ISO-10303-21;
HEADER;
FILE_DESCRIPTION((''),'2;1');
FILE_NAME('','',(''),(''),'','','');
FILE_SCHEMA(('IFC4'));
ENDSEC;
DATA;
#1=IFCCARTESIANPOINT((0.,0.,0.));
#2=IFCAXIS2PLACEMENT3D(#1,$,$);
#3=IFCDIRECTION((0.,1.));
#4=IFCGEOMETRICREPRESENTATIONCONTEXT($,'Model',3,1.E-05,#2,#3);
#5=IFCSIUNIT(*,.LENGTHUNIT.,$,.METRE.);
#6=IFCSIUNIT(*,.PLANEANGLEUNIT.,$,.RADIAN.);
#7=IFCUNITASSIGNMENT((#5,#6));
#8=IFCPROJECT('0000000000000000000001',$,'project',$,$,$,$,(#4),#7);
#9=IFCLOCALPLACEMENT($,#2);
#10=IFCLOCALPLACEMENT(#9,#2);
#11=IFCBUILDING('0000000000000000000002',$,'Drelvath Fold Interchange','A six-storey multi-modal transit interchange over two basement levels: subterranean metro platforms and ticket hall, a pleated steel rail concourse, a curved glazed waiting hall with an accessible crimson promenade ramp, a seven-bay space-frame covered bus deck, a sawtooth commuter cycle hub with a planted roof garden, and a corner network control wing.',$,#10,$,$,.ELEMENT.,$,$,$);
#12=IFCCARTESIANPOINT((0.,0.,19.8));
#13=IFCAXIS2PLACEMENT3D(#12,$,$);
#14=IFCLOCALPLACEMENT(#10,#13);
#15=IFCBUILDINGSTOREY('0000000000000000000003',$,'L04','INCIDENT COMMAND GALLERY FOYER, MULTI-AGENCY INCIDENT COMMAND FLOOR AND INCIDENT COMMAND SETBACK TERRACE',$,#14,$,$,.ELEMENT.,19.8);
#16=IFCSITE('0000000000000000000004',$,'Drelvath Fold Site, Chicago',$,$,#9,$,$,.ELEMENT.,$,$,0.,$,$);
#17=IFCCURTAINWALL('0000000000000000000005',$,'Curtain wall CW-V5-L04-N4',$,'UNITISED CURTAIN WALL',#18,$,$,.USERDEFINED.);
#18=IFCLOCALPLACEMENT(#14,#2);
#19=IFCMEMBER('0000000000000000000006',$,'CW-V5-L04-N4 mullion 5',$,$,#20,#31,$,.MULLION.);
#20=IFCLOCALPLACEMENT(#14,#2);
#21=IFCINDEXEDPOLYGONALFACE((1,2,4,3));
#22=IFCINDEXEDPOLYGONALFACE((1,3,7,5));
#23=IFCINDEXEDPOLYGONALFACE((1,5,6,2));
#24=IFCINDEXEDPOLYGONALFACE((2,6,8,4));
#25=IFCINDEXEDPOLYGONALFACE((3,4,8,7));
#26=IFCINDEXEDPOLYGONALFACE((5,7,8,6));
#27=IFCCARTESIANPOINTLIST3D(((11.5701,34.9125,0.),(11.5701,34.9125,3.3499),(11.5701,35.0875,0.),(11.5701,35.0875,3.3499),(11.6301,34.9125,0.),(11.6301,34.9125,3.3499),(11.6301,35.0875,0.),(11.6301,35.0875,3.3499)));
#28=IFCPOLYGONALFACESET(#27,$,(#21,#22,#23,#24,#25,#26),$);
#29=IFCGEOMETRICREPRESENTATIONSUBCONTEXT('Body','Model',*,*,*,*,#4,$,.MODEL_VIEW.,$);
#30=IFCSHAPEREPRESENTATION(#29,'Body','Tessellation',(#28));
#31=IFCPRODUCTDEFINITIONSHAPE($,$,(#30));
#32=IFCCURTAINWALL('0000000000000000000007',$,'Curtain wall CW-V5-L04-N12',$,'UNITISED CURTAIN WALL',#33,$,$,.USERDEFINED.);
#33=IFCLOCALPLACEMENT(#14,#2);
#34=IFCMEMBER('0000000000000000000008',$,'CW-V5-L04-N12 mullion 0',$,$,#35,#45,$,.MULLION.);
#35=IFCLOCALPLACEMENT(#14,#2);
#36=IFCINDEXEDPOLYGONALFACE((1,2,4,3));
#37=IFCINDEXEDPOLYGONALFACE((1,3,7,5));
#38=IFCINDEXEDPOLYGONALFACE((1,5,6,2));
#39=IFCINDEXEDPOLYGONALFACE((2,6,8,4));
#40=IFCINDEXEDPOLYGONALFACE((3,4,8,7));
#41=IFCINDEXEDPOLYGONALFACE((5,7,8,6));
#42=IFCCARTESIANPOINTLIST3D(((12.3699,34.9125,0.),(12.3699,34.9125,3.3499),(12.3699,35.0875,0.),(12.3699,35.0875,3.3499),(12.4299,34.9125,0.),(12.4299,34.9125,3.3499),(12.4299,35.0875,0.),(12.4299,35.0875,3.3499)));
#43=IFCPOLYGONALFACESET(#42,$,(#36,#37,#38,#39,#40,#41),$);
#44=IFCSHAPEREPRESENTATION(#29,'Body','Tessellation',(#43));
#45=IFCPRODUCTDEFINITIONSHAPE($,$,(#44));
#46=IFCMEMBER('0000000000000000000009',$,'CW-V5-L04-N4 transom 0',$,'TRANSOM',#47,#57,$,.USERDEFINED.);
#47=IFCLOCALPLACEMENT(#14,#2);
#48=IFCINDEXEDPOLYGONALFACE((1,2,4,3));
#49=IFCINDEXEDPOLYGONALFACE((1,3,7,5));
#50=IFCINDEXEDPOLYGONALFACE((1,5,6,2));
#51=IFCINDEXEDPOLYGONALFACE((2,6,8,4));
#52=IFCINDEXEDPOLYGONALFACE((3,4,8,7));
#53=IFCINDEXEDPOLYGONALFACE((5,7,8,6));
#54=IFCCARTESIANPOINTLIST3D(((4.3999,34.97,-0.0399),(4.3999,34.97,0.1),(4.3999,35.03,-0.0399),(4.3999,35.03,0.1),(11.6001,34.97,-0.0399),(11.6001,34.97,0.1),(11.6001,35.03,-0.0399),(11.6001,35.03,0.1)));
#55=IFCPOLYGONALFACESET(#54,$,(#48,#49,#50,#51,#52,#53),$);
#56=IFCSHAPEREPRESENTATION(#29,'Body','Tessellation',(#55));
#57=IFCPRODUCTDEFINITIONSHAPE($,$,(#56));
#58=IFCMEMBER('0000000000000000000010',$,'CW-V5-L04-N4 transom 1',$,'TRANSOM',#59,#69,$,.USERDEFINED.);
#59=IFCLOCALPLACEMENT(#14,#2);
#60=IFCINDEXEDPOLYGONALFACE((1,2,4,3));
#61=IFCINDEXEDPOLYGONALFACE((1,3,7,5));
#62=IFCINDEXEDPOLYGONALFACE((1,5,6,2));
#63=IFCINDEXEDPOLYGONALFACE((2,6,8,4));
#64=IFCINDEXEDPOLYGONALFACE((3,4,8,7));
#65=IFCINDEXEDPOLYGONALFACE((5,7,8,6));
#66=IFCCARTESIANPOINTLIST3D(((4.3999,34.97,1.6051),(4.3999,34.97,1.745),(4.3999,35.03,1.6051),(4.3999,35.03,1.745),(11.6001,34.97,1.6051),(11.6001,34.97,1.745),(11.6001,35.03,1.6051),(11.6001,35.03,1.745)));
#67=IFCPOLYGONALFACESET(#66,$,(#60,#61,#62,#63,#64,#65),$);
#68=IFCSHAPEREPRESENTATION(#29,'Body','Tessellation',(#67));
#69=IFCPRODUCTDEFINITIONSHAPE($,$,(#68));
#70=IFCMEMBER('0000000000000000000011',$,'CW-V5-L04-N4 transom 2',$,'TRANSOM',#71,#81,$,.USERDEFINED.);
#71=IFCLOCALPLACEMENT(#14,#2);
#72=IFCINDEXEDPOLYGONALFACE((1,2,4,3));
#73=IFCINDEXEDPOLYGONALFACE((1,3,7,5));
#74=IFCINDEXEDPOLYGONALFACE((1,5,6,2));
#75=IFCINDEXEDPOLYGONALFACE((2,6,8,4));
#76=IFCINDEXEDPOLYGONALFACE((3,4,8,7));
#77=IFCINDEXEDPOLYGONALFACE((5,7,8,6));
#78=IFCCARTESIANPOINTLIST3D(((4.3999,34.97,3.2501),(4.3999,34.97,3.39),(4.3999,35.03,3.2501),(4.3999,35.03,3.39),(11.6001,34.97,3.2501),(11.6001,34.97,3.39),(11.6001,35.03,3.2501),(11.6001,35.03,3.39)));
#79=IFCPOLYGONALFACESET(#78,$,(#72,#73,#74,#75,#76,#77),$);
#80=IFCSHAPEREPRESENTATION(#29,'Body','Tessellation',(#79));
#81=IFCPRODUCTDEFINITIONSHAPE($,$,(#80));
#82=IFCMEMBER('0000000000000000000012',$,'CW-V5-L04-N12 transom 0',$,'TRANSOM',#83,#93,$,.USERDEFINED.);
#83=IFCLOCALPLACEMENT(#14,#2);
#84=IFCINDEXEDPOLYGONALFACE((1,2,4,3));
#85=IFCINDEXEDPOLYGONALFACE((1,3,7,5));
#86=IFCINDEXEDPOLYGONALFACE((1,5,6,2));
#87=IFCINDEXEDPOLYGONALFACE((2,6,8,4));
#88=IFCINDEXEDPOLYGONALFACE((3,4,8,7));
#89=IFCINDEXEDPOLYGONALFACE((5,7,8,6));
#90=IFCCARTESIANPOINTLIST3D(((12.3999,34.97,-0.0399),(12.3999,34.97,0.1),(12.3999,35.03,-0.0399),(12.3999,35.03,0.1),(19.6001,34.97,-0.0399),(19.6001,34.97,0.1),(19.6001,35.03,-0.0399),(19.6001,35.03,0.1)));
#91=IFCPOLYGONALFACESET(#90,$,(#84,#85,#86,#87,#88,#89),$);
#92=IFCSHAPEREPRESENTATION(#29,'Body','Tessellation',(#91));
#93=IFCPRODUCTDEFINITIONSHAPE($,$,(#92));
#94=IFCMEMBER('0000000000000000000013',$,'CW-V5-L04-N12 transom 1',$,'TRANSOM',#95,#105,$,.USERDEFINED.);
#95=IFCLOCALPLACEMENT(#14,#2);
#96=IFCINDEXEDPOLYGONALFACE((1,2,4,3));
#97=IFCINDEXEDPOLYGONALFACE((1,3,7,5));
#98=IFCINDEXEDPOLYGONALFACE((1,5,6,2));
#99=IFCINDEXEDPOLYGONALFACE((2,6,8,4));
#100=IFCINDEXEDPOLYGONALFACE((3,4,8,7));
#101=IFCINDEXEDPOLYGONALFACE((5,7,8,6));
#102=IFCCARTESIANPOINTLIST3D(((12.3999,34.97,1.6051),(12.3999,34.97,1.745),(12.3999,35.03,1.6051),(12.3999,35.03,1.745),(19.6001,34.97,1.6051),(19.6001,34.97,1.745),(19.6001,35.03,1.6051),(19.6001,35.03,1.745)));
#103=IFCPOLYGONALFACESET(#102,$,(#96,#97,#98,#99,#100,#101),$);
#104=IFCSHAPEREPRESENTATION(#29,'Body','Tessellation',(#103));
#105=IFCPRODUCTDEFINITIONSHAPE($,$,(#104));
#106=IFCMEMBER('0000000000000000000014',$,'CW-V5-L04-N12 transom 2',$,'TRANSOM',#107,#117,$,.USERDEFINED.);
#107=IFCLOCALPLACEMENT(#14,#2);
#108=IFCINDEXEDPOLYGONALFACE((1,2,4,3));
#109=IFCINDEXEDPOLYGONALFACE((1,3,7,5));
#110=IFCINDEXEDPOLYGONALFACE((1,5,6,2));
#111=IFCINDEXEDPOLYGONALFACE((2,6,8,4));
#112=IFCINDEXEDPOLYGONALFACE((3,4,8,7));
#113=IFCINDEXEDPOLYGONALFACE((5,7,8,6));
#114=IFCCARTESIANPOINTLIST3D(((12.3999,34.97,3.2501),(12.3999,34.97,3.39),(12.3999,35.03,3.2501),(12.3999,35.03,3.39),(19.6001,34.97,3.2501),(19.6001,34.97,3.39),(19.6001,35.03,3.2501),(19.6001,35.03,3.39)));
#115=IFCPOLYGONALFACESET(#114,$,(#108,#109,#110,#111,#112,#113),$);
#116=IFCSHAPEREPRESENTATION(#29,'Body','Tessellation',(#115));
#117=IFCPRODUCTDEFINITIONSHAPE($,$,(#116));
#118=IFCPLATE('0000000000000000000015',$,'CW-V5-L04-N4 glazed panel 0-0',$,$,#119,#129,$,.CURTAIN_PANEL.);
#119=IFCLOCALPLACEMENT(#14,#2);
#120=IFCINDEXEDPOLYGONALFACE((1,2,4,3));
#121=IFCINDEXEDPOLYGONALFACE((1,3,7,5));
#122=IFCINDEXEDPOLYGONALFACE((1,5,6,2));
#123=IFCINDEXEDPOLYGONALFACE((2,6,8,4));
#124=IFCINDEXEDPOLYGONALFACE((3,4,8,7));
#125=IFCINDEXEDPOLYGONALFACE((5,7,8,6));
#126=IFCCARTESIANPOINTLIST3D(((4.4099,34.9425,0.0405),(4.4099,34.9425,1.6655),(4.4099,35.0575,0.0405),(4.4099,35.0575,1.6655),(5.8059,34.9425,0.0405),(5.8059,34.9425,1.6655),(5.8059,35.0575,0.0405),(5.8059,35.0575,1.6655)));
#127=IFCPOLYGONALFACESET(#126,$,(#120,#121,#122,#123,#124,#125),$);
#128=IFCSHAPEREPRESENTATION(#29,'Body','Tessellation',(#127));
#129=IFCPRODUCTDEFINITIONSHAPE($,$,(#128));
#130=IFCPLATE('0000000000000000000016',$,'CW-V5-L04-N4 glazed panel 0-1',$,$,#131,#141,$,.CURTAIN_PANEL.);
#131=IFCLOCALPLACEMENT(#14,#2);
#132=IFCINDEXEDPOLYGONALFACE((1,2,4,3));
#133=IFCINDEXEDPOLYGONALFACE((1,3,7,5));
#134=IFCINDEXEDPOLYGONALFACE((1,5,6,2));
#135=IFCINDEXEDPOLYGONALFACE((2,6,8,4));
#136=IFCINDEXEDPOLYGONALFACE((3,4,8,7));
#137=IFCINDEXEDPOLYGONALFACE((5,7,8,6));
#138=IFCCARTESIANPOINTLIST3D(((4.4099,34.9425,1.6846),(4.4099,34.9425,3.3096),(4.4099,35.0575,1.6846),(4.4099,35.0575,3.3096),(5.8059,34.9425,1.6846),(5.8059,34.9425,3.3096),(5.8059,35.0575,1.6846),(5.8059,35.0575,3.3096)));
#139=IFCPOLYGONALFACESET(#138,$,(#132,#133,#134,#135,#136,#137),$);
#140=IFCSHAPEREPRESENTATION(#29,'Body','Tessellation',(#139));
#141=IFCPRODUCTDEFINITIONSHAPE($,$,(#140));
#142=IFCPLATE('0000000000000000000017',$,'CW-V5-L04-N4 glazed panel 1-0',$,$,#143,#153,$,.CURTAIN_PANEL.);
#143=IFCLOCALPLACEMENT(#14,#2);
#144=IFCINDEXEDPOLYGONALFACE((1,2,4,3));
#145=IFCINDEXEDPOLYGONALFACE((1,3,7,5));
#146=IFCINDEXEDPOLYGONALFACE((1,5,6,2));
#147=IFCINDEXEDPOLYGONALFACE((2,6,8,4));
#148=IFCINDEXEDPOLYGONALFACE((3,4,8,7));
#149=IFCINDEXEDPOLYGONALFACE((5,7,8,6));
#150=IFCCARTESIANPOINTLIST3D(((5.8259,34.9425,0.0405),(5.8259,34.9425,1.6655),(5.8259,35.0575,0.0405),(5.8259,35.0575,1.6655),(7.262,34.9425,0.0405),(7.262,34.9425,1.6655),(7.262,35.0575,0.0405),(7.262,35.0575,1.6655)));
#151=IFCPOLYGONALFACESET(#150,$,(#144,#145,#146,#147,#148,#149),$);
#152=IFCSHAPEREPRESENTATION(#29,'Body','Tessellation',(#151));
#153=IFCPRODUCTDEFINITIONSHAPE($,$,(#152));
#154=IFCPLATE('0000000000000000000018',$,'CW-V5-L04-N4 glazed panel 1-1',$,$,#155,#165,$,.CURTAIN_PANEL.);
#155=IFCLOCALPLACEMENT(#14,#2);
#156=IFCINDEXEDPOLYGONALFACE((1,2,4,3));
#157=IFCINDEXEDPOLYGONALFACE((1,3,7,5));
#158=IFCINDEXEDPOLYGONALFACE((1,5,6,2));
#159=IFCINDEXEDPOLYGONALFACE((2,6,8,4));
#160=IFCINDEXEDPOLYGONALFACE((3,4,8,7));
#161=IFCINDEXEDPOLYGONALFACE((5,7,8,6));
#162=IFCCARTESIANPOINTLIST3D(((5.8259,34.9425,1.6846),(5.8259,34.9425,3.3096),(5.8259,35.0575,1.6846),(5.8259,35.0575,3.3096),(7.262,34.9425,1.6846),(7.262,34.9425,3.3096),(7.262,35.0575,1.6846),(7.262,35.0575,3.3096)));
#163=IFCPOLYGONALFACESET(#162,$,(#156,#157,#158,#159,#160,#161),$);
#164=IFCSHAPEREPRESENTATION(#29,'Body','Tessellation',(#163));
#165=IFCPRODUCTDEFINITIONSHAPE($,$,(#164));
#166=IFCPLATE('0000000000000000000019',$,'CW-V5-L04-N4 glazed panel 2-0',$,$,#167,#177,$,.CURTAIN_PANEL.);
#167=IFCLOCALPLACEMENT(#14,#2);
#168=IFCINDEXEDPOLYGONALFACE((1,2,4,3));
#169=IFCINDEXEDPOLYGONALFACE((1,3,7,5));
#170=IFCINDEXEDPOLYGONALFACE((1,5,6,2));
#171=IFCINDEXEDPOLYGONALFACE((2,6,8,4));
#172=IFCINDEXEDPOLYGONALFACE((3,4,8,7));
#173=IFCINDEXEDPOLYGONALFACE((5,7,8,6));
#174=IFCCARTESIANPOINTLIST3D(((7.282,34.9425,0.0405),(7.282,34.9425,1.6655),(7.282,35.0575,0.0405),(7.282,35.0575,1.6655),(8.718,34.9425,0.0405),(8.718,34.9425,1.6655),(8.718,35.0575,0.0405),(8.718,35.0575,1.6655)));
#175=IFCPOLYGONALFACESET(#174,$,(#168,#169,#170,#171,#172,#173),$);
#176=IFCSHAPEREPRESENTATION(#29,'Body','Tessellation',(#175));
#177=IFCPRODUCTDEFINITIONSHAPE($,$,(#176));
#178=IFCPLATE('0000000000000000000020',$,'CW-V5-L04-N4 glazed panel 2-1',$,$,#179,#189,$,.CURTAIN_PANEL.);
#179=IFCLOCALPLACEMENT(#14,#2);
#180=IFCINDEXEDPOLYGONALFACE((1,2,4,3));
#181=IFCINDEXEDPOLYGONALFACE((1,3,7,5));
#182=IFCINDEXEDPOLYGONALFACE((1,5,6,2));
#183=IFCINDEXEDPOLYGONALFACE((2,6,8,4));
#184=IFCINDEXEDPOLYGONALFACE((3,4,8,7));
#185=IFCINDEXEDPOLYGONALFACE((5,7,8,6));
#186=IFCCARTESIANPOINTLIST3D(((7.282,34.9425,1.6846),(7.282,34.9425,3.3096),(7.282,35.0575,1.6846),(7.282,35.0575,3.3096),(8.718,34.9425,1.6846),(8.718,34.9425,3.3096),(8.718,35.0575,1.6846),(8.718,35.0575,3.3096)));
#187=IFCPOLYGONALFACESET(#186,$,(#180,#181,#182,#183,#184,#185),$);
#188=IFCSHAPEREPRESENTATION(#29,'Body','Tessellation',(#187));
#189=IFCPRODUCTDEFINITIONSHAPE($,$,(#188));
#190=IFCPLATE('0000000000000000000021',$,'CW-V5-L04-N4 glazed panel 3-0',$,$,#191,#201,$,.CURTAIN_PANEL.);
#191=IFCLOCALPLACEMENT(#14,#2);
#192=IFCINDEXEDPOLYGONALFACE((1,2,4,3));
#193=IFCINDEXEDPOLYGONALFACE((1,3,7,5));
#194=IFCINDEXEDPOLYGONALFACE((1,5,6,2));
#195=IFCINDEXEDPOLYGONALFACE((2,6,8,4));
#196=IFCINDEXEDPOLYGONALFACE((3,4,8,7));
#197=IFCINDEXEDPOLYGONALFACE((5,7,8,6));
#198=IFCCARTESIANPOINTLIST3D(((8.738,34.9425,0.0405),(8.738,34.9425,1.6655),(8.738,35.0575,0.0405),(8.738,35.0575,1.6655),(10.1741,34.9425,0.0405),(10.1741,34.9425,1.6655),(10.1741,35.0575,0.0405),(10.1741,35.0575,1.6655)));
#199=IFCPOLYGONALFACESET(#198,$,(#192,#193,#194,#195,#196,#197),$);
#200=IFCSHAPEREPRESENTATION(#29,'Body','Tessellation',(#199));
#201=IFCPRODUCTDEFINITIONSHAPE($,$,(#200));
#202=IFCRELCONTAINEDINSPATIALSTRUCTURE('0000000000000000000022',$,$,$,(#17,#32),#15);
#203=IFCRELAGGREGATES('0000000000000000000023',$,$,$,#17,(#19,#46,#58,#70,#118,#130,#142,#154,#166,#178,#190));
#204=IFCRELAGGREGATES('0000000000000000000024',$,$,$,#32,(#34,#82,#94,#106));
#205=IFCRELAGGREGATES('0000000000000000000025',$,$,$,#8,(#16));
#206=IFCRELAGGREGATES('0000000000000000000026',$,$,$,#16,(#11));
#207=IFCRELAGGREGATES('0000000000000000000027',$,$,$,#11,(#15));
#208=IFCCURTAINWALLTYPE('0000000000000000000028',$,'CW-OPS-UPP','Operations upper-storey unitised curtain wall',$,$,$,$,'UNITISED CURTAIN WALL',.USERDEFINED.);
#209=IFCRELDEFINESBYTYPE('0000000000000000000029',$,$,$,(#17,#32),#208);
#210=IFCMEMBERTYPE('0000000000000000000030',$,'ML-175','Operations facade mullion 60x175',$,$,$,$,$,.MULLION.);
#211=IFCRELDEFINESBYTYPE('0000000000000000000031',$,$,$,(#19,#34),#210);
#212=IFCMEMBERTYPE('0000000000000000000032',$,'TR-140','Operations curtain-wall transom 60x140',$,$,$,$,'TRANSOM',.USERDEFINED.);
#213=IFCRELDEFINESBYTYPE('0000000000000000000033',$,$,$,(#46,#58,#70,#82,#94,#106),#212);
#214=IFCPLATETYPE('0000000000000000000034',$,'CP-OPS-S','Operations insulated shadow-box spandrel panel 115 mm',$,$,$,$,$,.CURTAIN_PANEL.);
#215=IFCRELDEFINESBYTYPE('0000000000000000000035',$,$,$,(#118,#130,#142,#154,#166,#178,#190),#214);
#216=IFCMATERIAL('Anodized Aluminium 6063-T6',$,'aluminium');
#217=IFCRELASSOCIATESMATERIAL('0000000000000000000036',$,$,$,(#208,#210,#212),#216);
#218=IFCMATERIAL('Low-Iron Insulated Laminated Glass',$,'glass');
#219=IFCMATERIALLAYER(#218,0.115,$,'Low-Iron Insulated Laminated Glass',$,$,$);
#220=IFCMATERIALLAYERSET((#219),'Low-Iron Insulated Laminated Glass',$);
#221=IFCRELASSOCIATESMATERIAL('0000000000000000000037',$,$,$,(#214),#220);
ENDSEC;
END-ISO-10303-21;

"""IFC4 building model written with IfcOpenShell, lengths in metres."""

from ifc_helpers import new_model, si_unit, direction, frame, origin, origin_2d, place, context, subcontext, project, spatial, rectangle, extrude, material, layer, layer_set, material_profile, profile_set, type_object, element, aggregate, save


model = new_model("IFC4")

# Units and contexts
model_context = context("Model", 3, precision=1e-05, world=origin(), true_north=direction((0.0, 1.0)))
body_context = subcontext(model_context, "Body", "Model", "MODEL_VIEW")
ifc_project = project(units=[si_unit("LENGTHUNIT", "METRE"), si_unit("PLANEANGLEUNIT", "RADIAN")], contexts=[model_context])

# Site, building, storey
site_placement = place(None, origin())
site = spatial("IfcSite", under=ifc_project, at=site_placement, Name="Drelvath Fold Site, Chicago", CompositionType="ELEMENT", RefElevation=0.0)
building_placement = place(site_placement, origin())
building = spatial("IfcBuilding", under=site, at=building_placement, Name="Drelvath Fold Interchange", Description="A six-storey multi-modal transit interchange over two basement levels: subterranean metro platforms and ticket hall, a pleated steel rail concourse, a curved glazed waiting hall with an accessible crimson promenade ramp, a seven-bay space-frame covered bus deck, a sawtooth commuter cycle hub with a planted roof garden, and a corner network control wing.", CompositionType="ELEMENT")
storey_placement = place(building_placement, frame((0.0, 0.0, 19.8)))
storey = spatial("IfcBuildingStorey", under=building, at=storey_placement, Name="L04", Description="INCIDENT COMMAND GALLERY FOYER, MULTI-AGENCY INCIDENT COMMAND FLOOR AND INCIDENT COMMAND SETBACK TERRACE", CompositionType="ELEMENT", Elevation=19.8)

# Curtain wall, member
ifc_material_1 = material(Name="Anodized Aluminium 6063-T6", Category="aluminium")
curtain_wall_type = type_object("IfcCurtainWallType", Name="CW-OPS-UPP", Description="Operations upper-storey unitised curtain wall", ElementType="UNITISED CURTAIN WALL", PredefinedType="USERDEFINED", material=ifc_material_1)
curtain_wall_1_placement = place(storey_placement, origin())
curtain_wall_1 = element("IfcCurtainWall", 1, at=curtain_wall_1_placement, inside=storey, type_object=curtain_wall_type, Name="Curtain wall CW-V5-L04-N4", ObjectType="UNITISED CURTAIN WALL", PredefinedType="USERDEFINED")
ifc_material_profile_1 = material_profile(ifc_material_1, rectangle(XDim=0.0601, YDim=0.175, at=origin_2d()), Name="AL-M 60x175")
ifc_profile_set_1 = profile_set([ifc_material_profile_1], Name="Anodized Aluminium 6063-T6")
member_type_1 = type_object("IfcMemberType", Name="ML-175", Description="Operations facade mullion 60x175", PredefinedType="MULLION", material=ifc_profile_set_1)
member_1_placement = place(storey_placement, frame((11.6001, 35.0, 0.0), z_axis=(0.0, 0.0, 1.0), x_axis=(1.0, 0.0, 0.0)))
member_1 = element("IfcMember", 2, at=member_1_placement, type_object=member_type_1, Name="CW-V5-L04-N4 mullion 5", PredefinedType="MULLION", context=body_context, shape_type="SweptSolid", body=[
    extrude(rectangle(XDim=0.0601, YDim=0.175, at=origin_2d()), origin(), (0.0, 0.0, 1.0), 3.3499),
])

# Curtain wall, member
curtain_wall_2_placement = place(storey_placement, origin())
curtain_wall_2 = element("IfcCurtainWall", 3, at=curtain_wall_2_placement, inside=storey, type_object=curtain_wall_type, Name="Curtain wall CW-V5-L04-N12", ObjectType="UNITISED CURTAIN WALL", PredefinedType="USERDEFINED")
member_2_placement = place(storey_placement, frame((12.3999, 35.0, 0.0), z_axis=(0.0, 0.0, 1.0), x_axis=(1.0, 0.0, 0.0)))
member_2 = element("IfcMember", 4, at=member_2_placement, type_object=member_type_1, Name="CW-V5-L04-N12 mullion 0", PredefinedType="MULLION", context=body_context, shape_type="SweptSolid", body=[
    extrude(rectangle(XDim=0.0601, YDim=0.175, at=origin_2d()), origin(), (0.0, 0.0, 1.0), 3.3499),
])

# Members
ifc_material_profile_2 = material_profile(ifc_material_1, rectangle(XDim=0.0601, YDim=0.1399, at=origin_2d()), Name="AL-T 60x140")
ifc_profile_set_2 = profile_set([ifc_material_profile_2], Name="Anodized Aluminium 6063-T6")
member_type_2 = type_object("IfcMemberType", Name="TR-140", Description="Operations curtain-wall transom 60x140", ElementType="TRANSOM", PredefinedType="USERDEFINED", material=ifc_profile_set_2)
member_3_placement = place(storey_placement, frame((4.3999, 35.0, 0.03), z_axis=(1.0, 0.0, 0.0), x_axis=(0.0, 1.0, 0.0)))
member_3 = element("IfcMember", 5, at=member_3_placement, type_object=member_type_2, Name="CW-V5-L04-N4 transom 0", ObjectType="TRANSOM", PredefinedType="USERDEFINED", context=body_context, shape_type="SweptSolid", body=[
    extrude(rectangle(XDim=0.0601, YDim=0.1399, at=origin_2d()), origin(), (0.0, 0.0, 1.0), 7.2002),
])
member_4_placement = place(storey_placement, frame((4.3999, 35.0, 1.675), z_axis=(1.0, 0.0, 0.0), x_axis=(0.0, 1.0, 0.0)))
member_4 = element("IfcMember", 6, at=member_4_placement, type_object=member_type_2, Name="CW-V5-L04-N4 transom 1", ObjectType="TRANSOM", PredefinedType="USERDEFINED", context=body_context, shape_type="SweptSolid", body=[
    extrude(rectangle(XDim=0.0601, YDim=0.1399, at=origin_2d()), origin(), (0.0, 0.0, 1.0), 7.2002),
])
member_5_placement = place(storey_placement, frame((4.3999, 35.0, 3.3201), z_axis=(1.0, 0.0, 0.0), x_axis=(0.0, 1.0, 0.0)))
member_5 = element("IfcMember", 7, at=member_5_placement, type_object=member_type_2, Name="CW-V5-L04-N4 transom 2", ObjectType="TRANSOM", PredefinedType="USERDEFINED", context=body_context, shape_type="SweptSolid", body=[
    extrude(rectangle(XDim=0.0601, YDim=0.1399, at=origin_2d()), origin(), (0.0, 0.0, 1.0), 7.2002),
])
member_6_placement = place(storey_placement, frame((12.3999, 35.0, 0.03), z_axis=(1.0, 0.0, 0.0), x_axis=(0.0, 1.0, 0.0)))
member_6 = element("IfcMember", 8, at=member_6_placement, type_object=member_type_2, Name="CW-V5-L04-N12 transom 0", ObjectType="TRANSOM", PredefinedType="USERDEFINED", context=body_context, shape_type="SweptSolid", body=[
    extrude(rectangle(XDim=0.0601, YDim=0.1399, at=origin_2d()), origin(), (0.0, 0.0, 1.0), 7.2002),
])
member_7_placement = place(storey_placement, frame((12.3999, 35.0, 1.675), z_axis=(1.0, 0.0, 0.0), x_axis=(0.0, 1.0, 0.0)))
member_7 = element("IfcMember", 9, at=member_7_placement, type_object=member_type_2, Name="CW-V5-L04-N12 transom 1", ObjectType="TRANSOM", PredefinedType="USERDEFINED", context=body_context, shape_type="SweptSolid", body=[
    extrude(rectangle(XDim=0.0601, YDim=0.1399, at=origin_2d()), origin(), (0.0, 0.0, 1.0), 7.2002),
])
member_8_placement = place(storey_placement, frame((12.3999, 35.0, 3.3201), z_axis=(1.0, 0.0, 0.0), x_axis=(0.0, 1.0, 0.0)))
member_8 = element("IfcMember", 10, at=member_8_placement, type_object=member_type_2, Name="CW-V5-L04-N12 transom 2", ObjectType="TRANSOM", PredefinedType="USERDEFINED", context=body_context, shape_type="SweptSolid", body=[
    extrude(rectangle(XDim=0.0601, YDim=0.1399, at=origin_2d()), origin(), (0.0, 0.0, 1.0), 7.2002),
])

# Plates
ifc_material_2 = material(Name="Low-Iron Insulated Laminated Glass", Category="glass")
ifc_layer_1 = layer(ifc_material_2, 0.115, Name="Low-Iron Insulated Laminated Glass")
ifc_layer_set_1 = layer_set([ifc_layer_1], Name="Low-Iron Insulated Laminated Glass")
plate_type = type_object("IfcPlateType", Name="CP-OPS-S", Description="Operations insulated shadow-box spandrel panel 115 mm", PredefinedType="CURTAIN_PANEL", material=ifc_layer_set_1)
plate_1_placement = place(storey_placement, frame((5.1079, 35.0, 0.0405), z_axis=(0.0, 0.0, 1.0), x_axis=(1.0, 0.0, 0.0)))
plate_1 = element("IfcPlate", 11, at=plate_1_placement, type_object=plate_type, Name="CW-V5-L04-N4 glazed panel 0-0", PredefinedType="CURTAIN_PANEL", context=body_context, shape_type="SweptSolid", body=[
    extrude(rectangle(XDim=1.396, YDim=0.115, at=origin_2d()), origin(), (0.0, 0.0, 1.0), 1.625),
])
plate_2_placement = place(storey_placement, frame((5.1079, 35.0, 1.6846), z_axis=(0.0, 0.0, 1.0), x_axis=(1.0, 0.0, 0.0)))
plate_2 = element("IfcPlate", 12, at=plate_2_placement, type_object=plate_type, Name="CW-V5-L04-N4 glazed panel 0-1", PredefinedType="CURTAIN_PANEL", context=body_context, shape_type="SweptSolid", body=[
    extrude(rectangle(XDim=1.396, YDim=0.115, at=origin_2d()), origin(), (0.0, 0.0, 1.0), 1.625),
])
plate_3_placement = place(storey_placement, frame((6.5439, 35.0, 0.0405), z_axis=(0.0, 0.0, 1.0), x_axis=(1.0, 0.0, 0.0)))
plate_3 = element("IfcPlate", 13, at=plate_3_placement, type_object=plate_type, Name="CW-V5-L04-N4 glazed panel 1-0", PredefinedType="CURTAIN_PANEL", context=body_context, shape_type="SweptSolid", body=[
    extrude(rectangle(XDim=1.436, YDim=0.115, at=origin_2d()), origin(), (0.0, 0.0, 1.0), 1.625),
])
plate_4_placement = place(storey_placement, frame((6.5439, 35.0, 1.6846), z_axis=(0.0, 0.0, 1.0), x_axis=(1.0, 0.0, 0.0)))
plate_4 = element("IfcPlate", 14, at=plate_4_placement, type_object=plate_type, Name="CW-V5-L04-N4 glazed panel 1-1", PredefinedType="CURTAIN_PANEL", context=body_context, shape_type="SweptSolid", body=[
    extrude(rectangle(XDim=1.436, YDim=0.115, at=origin_2d()), origin(), (0.0, 0.0, 1.0), 1.625),
])
plate_5_placement = place(storey_placement, frame((8.0, 35.0, 0.0405), z_axis=(0.0, 0.0, 1.0), x_axis=(1.0, 0.0, 0.0)))
plate_5 = element("IfcPlate", 15, at=plate_5_placement, type_object=plate_type, Name="CW-V5-L04-N4 glazed panel 2-0", PredefinedType="CURTAIN_PANEL", context=body_context, shape_type="SweptSolid", body=[
    extrude(rectangle(XDim=1.436, YDim=0.115, at=origin_2d()), origin(), (0.0, 0.0, 1.0), 1.625),
])
plate_6_placement = place(storey_placement, frame((8.0, 35.0, 1.6846), z_axis=(0.0, 0.0, 1.0), x_axis=(1.0, 0.0, 0.0)))
plate_6 = element("IfcPlate", 16, at=plate_6_placement, type_object=plate_type, Name="CW-V5-L04-N4 glazed panel 2-1", PredefinedType="CURTAIN_PANEL", context=body_context, shape_type="SweptSolid", body=[
    extrude(rectangle(XDim=1.436, YDim=0.115, at=origin_2d()), origin(), (0.0, 0.0, 1.0), 1.625),
])
plate_7_placement = place(storey_placement, frame((9.4561, 35.0, 0.0405), z_axis=(0.0, 0.0, 1.0), x_axis=(1.0, 0.0, 0.0)))
plate_7 = element("IfcPlate", 17, at=plate_7_placement, type_object=plate_type, Name="CW-V5-L04-N4 glazed panel 3-0", PredefinedType="CURTAIN_PANEL", context=body_context, shape_type="SweptSolid", body=[
    extrude(rectangle(XDim=1.436, YDim=0.115, at=origin_2d()), origin(), (0.0, 0.0, 1.0), 1.625),
])
aggregate(curtain_wall_1, [member_1, member_3, member_4, member_5, plate_1, plate_2, plate_3, plate_4, plate_5, plate_6, plate_7])
aggregate(curtain_wall_2, [member_2, member_6, member_7, member_8])

save(model, "model.ifc")
